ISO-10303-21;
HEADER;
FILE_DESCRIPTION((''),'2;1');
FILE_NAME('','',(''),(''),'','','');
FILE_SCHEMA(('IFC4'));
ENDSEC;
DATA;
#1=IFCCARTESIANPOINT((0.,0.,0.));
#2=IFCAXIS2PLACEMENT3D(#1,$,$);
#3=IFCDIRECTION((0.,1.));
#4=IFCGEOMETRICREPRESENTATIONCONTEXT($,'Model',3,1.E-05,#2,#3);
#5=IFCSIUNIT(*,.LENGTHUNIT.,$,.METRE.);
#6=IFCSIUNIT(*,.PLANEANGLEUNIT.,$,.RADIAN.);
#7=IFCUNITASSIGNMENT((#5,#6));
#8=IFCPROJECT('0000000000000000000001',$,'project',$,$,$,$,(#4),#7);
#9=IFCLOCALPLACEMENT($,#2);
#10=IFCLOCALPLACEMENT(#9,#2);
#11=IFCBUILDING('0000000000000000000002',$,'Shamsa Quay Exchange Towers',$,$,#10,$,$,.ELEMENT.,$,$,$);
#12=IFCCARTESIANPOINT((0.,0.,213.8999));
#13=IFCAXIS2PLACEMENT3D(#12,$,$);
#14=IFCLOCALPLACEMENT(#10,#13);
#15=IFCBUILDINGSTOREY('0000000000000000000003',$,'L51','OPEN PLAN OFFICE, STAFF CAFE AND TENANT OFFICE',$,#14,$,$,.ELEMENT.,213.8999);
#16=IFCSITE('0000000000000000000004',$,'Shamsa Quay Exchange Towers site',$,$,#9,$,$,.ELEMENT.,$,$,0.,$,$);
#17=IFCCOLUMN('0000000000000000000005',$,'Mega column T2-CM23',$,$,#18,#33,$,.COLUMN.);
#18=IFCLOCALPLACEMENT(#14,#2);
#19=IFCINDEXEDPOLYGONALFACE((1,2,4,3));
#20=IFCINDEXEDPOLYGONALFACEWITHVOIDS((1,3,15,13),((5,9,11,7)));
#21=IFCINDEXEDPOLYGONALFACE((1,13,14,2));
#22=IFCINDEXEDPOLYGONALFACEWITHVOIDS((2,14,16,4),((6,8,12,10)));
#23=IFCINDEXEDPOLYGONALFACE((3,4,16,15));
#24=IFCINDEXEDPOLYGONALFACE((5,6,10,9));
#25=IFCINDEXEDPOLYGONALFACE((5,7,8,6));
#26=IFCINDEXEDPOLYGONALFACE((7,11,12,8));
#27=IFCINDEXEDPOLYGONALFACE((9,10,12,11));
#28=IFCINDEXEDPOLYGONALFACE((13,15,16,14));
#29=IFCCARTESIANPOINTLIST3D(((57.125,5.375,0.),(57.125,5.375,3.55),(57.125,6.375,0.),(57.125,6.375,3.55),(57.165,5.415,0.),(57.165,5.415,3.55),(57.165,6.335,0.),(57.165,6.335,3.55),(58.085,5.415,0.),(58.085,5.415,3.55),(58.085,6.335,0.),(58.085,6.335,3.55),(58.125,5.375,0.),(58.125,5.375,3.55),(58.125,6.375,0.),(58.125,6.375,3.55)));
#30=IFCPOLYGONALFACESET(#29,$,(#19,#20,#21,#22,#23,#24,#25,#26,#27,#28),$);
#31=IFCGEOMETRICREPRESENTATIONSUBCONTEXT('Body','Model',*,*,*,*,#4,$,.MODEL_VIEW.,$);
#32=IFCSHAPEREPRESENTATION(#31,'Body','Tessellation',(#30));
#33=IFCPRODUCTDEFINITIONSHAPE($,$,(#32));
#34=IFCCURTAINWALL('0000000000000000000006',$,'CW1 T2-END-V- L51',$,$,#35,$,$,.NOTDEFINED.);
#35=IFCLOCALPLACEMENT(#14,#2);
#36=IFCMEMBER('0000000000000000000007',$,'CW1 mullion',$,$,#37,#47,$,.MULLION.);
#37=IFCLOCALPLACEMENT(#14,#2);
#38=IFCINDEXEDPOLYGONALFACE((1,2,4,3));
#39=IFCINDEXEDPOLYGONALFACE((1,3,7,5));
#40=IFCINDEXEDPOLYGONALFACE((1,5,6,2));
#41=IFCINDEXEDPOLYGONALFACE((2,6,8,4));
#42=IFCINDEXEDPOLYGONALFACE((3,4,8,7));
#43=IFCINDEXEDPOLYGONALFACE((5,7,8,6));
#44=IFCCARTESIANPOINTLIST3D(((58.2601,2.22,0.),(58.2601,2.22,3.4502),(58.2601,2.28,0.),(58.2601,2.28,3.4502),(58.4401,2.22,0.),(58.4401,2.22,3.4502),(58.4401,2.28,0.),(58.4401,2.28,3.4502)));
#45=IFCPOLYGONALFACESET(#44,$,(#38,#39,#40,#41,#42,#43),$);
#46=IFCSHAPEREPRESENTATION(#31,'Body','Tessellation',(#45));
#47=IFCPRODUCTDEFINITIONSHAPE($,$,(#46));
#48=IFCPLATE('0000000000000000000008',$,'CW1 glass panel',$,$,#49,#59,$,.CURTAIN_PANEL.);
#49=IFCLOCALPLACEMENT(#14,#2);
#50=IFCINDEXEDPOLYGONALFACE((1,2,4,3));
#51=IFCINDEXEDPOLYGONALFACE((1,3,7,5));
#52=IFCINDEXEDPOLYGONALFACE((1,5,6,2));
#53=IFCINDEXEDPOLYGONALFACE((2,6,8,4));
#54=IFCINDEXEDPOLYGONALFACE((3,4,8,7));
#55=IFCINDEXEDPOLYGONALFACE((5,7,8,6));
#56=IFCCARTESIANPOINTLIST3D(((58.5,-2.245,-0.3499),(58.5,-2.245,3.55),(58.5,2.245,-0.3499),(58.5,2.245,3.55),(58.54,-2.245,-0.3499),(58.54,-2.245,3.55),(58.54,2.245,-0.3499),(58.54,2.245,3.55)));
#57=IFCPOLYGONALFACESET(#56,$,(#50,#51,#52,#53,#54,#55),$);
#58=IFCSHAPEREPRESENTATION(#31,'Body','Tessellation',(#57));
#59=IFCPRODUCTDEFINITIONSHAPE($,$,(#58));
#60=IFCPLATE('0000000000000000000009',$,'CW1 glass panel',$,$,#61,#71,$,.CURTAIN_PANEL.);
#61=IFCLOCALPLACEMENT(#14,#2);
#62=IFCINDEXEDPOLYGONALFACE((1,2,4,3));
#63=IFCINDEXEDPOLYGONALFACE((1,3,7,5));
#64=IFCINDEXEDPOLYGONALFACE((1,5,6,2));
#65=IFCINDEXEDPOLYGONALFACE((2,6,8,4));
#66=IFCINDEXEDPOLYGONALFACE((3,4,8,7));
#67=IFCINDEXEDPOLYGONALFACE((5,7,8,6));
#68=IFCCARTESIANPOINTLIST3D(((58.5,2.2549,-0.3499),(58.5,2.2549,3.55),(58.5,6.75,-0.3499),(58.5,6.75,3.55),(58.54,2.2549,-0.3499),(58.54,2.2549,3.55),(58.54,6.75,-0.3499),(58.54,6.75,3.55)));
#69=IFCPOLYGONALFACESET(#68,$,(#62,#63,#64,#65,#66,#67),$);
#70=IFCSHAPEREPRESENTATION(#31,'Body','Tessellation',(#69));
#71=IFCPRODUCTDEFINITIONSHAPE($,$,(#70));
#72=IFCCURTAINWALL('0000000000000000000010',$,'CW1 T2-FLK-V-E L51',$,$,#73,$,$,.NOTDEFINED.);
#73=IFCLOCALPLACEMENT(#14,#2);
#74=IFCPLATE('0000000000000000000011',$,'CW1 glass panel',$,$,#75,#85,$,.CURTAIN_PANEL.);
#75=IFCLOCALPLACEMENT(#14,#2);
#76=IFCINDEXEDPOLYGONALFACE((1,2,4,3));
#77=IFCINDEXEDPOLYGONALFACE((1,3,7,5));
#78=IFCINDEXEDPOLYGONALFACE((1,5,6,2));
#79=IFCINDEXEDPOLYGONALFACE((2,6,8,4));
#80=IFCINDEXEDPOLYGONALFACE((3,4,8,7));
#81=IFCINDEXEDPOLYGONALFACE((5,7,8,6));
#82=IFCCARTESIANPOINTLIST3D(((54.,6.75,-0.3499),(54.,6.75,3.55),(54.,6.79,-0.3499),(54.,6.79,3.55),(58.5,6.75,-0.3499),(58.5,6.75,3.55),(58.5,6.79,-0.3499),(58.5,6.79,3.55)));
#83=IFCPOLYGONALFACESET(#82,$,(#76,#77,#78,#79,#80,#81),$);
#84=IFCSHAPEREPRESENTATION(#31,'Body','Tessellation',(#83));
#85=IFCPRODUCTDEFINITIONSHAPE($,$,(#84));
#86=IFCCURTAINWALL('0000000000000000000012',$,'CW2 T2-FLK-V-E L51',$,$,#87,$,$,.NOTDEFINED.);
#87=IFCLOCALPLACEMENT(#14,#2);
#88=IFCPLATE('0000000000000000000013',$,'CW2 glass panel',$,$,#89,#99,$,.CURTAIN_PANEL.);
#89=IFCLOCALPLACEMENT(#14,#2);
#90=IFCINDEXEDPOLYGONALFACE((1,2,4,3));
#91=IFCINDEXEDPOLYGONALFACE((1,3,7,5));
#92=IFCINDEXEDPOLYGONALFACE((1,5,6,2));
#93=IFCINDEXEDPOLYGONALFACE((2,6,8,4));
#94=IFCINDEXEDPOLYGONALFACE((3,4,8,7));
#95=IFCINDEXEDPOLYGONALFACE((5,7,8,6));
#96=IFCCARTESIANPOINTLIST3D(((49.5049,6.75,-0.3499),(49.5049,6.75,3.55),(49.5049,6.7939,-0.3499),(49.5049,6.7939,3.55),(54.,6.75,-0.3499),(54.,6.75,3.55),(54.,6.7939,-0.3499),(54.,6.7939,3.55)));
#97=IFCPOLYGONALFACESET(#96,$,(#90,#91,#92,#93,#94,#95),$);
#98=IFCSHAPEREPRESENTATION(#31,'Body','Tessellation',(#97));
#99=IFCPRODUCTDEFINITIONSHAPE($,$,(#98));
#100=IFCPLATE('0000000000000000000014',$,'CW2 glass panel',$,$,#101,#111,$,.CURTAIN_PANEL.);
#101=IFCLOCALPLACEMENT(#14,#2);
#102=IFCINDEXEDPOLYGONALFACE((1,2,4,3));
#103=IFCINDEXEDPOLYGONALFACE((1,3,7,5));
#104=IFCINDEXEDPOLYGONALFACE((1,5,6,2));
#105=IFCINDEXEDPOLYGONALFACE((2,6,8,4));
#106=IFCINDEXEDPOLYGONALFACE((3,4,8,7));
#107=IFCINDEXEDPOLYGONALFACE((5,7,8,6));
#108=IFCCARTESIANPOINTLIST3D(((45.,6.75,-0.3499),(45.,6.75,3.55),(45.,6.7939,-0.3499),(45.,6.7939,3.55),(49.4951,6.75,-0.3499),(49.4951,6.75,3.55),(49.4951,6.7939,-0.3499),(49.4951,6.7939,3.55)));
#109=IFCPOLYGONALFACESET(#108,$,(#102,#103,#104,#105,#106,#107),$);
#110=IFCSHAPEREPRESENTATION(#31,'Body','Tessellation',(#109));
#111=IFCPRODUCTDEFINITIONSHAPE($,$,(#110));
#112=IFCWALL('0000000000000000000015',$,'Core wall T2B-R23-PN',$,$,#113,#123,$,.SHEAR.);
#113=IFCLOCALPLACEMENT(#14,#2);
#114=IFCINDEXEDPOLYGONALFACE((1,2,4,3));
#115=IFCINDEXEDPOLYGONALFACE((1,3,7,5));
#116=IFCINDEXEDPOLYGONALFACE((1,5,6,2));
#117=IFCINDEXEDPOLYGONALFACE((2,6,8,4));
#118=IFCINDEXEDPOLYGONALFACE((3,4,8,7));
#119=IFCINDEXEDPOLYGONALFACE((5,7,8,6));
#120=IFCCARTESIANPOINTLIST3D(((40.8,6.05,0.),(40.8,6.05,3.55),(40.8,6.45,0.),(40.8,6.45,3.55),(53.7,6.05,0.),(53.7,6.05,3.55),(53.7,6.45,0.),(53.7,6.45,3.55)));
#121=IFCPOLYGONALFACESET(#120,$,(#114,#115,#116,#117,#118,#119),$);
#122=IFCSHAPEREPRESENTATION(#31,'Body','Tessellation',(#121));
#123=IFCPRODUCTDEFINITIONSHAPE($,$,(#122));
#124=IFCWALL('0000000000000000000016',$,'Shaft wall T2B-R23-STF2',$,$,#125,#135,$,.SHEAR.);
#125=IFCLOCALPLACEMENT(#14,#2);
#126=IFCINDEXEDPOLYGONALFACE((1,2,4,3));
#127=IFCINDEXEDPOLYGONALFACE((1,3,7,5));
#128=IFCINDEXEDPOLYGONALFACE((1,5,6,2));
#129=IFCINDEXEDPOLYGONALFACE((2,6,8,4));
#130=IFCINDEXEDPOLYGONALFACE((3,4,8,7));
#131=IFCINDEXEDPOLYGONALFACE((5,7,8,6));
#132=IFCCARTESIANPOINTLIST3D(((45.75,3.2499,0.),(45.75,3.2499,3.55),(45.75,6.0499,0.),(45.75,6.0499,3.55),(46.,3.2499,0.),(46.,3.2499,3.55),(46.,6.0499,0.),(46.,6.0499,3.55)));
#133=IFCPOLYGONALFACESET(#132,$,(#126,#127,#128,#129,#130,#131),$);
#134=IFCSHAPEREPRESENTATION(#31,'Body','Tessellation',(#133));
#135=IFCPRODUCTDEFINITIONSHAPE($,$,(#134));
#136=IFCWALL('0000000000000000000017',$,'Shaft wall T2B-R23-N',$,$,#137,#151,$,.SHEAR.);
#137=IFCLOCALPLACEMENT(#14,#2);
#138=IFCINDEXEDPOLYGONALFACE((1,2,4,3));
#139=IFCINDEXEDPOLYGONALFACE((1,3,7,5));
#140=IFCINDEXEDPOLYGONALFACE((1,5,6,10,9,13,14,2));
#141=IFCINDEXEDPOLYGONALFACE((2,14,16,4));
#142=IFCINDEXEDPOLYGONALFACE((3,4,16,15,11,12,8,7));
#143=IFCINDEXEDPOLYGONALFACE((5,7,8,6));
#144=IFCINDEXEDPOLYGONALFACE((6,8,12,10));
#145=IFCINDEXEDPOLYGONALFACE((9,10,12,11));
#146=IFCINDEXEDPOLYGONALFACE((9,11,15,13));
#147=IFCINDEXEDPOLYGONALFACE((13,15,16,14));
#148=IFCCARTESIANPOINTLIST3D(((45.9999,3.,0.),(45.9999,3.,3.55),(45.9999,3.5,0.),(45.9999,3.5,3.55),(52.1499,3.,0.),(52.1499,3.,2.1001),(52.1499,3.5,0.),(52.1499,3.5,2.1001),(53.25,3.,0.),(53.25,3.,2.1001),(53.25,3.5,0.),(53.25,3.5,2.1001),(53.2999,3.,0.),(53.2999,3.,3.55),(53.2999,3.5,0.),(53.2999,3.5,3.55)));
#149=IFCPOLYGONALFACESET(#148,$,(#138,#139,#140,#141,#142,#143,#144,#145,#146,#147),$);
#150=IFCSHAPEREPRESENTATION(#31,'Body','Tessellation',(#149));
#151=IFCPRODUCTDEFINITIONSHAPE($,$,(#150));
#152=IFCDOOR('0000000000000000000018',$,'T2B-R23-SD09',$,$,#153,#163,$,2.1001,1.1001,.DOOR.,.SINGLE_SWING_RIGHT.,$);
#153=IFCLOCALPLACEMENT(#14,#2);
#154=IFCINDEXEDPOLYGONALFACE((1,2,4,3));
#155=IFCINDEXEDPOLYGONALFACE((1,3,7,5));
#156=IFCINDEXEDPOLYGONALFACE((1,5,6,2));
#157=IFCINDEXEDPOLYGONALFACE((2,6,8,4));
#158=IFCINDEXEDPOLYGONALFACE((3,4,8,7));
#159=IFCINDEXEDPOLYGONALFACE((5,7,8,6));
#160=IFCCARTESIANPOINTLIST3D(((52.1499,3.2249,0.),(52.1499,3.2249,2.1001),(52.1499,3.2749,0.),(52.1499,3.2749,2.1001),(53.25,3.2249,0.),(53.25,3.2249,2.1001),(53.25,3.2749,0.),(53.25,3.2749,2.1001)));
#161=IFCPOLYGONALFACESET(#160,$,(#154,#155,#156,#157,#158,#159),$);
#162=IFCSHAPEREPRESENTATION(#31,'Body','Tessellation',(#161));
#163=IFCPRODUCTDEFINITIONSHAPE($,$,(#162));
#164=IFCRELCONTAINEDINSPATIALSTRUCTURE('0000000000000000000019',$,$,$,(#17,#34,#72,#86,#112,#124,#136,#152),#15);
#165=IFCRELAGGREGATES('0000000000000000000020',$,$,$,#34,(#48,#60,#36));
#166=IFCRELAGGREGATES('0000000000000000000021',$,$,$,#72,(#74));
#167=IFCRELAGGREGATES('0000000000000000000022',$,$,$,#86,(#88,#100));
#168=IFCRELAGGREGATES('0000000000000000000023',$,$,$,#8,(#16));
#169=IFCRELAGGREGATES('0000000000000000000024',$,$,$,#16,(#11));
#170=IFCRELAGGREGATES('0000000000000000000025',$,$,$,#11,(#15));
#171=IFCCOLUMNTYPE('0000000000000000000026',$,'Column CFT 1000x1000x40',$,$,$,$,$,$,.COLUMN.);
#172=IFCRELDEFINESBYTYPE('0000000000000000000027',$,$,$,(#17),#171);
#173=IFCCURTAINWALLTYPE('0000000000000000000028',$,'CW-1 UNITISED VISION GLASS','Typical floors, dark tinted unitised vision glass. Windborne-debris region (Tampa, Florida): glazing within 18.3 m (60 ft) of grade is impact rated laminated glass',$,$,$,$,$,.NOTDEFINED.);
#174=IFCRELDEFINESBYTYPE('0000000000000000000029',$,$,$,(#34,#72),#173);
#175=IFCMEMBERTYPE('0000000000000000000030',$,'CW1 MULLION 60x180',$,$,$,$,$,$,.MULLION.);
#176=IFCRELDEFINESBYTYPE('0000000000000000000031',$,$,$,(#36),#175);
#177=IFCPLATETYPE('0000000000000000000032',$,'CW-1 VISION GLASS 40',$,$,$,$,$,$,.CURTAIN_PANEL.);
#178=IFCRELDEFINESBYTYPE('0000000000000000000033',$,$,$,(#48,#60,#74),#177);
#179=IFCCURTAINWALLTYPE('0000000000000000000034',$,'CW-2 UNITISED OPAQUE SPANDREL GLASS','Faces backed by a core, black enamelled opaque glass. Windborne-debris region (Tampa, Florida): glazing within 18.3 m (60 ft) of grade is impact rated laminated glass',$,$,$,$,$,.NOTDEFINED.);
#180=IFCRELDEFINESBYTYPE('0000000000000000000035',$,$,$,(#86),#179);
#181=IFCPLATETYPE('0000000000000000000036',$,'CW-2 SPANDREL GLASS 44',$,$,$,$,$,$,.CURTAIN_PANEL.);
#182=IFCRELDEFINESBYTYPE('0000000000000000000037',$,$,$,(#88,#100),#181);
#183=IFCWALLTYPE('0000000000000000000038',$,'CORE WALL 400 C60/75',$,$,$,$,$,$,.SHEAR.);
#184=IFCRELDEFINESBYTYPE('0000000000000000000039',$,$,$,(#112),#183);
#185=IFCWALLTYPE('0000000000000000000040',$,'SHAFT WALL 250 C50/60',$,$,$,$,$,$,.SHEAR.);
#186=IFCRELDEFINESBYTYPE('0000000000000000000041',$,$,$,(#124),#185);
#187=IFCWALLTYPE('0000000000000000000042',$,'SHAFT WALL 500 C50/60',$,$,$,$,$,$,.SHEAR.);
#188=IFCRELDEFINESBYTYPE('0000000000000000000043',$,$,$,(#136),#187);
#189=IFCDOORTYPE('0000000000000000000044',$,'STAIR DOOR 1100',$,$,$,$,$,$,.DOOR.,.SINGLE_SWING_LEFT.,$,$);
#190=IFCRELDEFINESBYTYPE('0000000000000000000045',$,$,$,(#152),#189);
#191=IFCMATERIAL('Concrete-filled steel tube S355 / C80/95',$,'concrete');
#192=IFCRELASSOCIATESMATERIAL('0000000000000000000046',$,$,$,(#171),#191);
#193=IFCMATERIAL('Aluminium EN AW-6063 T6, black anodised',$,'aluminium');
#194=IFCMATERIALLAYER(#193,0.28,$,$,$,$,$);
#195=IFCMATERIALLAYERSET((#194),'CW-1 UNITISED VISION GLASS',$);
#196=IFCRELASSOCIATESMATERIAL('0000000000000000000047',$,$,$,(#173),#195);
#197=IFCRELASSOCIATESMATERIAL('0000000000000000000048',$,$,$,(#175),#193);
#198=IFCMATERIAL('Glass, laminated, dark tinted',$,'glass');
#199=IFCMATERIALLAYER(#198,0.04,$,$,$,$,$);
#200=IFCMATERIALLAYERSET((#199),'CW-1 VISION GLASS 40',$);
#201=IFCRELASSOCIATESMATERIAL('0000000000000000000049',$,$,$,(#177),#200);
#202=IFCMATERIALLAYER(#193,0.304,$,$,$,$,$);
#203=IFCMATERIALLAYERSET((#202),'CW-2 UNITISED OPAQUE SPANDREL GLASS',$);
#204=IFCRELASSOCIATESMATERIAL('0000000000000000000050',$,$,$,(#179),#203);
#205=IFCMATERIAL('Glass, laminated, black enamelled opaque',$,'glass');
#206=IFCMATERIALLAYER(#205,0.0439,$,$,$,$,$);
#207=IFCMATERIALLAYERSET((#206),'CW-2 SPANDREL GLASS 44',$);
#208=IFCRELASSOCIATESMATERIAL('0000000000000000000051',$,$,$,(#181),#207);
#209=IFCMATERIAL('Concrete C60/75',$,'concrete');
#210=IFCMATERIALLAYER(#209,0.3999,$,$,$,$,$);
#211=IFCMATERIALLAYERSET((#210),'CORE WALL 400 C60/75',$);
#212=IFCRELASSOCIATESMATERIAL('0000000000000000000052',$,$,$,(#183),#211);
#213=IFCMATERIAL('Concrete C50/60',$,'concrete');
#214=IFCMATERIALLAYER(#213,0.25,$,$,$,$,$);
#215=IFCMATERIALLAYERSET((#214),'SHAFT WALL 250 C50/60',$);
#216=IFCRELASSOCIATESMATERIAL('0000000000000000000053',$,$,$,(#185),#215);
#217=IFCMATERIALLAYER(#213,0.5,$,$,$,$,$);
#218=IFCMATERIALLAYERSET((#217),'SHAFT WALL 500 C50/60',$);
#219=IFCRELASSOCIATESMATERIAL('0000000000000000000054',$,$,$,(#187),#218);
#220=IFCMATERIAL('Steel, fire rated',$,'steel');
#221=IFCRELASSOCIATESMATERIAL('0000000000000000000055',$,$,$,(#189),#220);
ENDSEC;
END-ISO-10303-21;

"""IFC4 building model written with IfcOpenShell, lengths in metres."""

from ifc_helpers import new_model, si_unit, direction, frame, frame_2d, origin, origin_2d, place, context, subcontext, project, spatial, rectangle, hollow_rectangle, extrude, material, layer, layer_set, material_profile, profile_set, type_object, element, fill, aggregate, save


model = new_model("IFC4")

# Units and contexts
model_context = context("Model", 3, precision=1e-05, world=origin(), true_north=direction((0.0, 1.0)))
body_context = subcontext(model_context, "Body", "Model", "MODEL_VIEW")
ifc_project = project(units=[si_unit("LENGTHUNIT", "METRE"), si_unit("PLANEANGLEUNIT", "RADIAN")], contexts=[model_context])

# Site, building, storey
site_placement = place(None, origin())
site = spatial("IfcSite", under=ifc_project, at=site_placement, Name="Shamsa Quay Exchange Towers site", CompositionType="ELEMENT", RefElevation=0.0)
building_placement = place(site_placement, origin())
building = spatial("IfcBuilding", under=site, at=building_placement, Name="Shamsa Quay Exchange Towers", CompositionType="ELEMENT")
storey_placement = place(building_placement, frame((0.0, 0.0, 213.8999)))
storey = spatial("IfcBuildingStorey", under=building, at=storey_placement, Name="L51", Description="OPEN PLAN OFFICE, STAFF CAFE AND TENANT OFFICE", CompositionType="ELEMENT", Elevation=213.8999)

# Column
ifc_material_1 = material(Name="Concrete-filled steel tube S355 / C80/95", Category="concrete")
ifc_material_profile_1 = material_profile(ifc_material_1, hollow_rectangle(XDim=1.0, YDim=1.0, WallThickness=0.04, at=origin_2d()), Name="CFT 1000x1000x40")
ifc_profile_set_1 = profile_set([ifc_material_profile_1], Name="Concrete-filled steel tube S355 / C80/95")
column_type = type_object("IfcColumnType", Name="Column CFT 1000x1000x40", PredefinedType="COLUMN", material=ifc_profile_set_1)
column_placement = place(storey_placement, frame((57.625, 5.875, 0.0)))
element("IfcColumn", 1, at=column_placement, inside=storey, type_object=column_type, Name="Mega column T2-CM23", PredefinedType="COLUMN", context=body_context, shape_type="SweptSolid", body=[
    extrude(hollow_rectangle(XDim=1.0, YDim=1.0, WallThickness=0.04, at=origin_2d()), origin(), (0.0, 0.0, 1.0), 3.55),
])

# Curtain wall, member, plates
ifc_material_2 = material(Name="Aluminium EN AW-6063 T6, black anodised", Category="aluminium")
ifc_layer_1 = layer(ifc_material_2, 0.28)
ifc_layer_set_1 = layer_set([ifc_layer_1], Name="CW-1 UNITISED VISION GLASS")
curtain_wall_type_1 = type_object("IfcCurtainWallType", Name="CW-1 UNITISED VISION GLASS", Description="Typical floors, dark tinted unitised vision glass. Windborne-debris region (Tampa, Florida): glazing within 18.3 m (60 ft) of grade is impact rated laminated glass", PredefinedType="NOTDEFINED", material=ifc_layer_set_1)
curtain_wall_1_placement = place(storey_placement, origin())
curtain_wall_1 = element("IfcCurtainWall", 2, at=curtain_wall_1_placement, inside=storey, type_object=curtain_wall_type_1, Name="CW1 T2-END-V- L51", PredefinedType="NOTDEFINED")
ifc_material_profile_2 = material_profile(ifc_material_2, rectangle(XDim=0.1799, YDim=0.0601, at=origin_2d()), Name="MU60x180")
ifc_profile_set_2 = profile_set([ifc_material_profile_2], Name="Aluminium EN AW-6063 T6, black anodised")
member_type = type_object("IfcMemberType", Name="CW1 MULLION 60x180", PredefinedType="MULLION", material=ifc_profile_set_2)
member_placement = place(storey_placement, frame((58.3501, 2.25, 0.0), z_axis=(0.0, 0.0, 1.0), x_axis=(-1.0, 0.0, 0.0)))
member = element("IfcMember", 3, at=member_placement, type_object=member_type, Name="CW1 mullion", PredefinedType="MULLION", context=body_context, shape_type="SweptSolid", body=[
    extrude(rectangle(XDim=0.1799, YDim=0.0601, at=origin_2d()), origin(), (0.0, 0.0, 1.0), 3.4502),
])
ifc_material_3 = material(Name="Glass, laminated, dark tinted", Category="glass")
ifc_layer_2 = layer(ifc_material_3, 0.04)
ifc_layer_set_2 = layer_set([ifc_layer_2], Name="CW-1 VISION GLASS 40")
plate_type_1 = type_object("IfcPlateType", Name="CW-1 VISION GLASS 40", PredefinedType="CURTAIN_PANEL", material=ifc_layer_set_2)
plate_1_placement = place(storey_placement, frame((58.52, 0.0, -0.3499), z_axis=(0.0, 0.0, 1.0), x_axis=(0.0, 1.0, 0.0)))
plate_1 = element("IfcPlate", 4, at=plate_1_placement, type_object=plate_type_1, Name="CW1 glass panel", PredefinedType="CURTAIN_PANEL", context=body_context, shape_type="SweptSolid", body=[
    extrude(rectangle(XDim=4.49, YDim=0.04, at=origin_2d()), origin(), (0.0, 0.0, 1.0), 3.8999),
])
plate_2_placement = place(storey_placement, frame((58.52, 4.5024, -0.3499), z_axis=(0.0, 0.0, 1.0), x_axis=(0.0, 1.0, 0.0)))
plate_2 = element("IfcPlate", 5, at=plate_2_placement, type_object=plate_type_1, Name="CW1 glass panel", PredefinedType="CURTAIN_PANEL", context=body_context, shape_type="SweptSolid", body=[
    extrude(rectangle(XDim=4.4951, YDim=0.04, at=origin_2d()), origin(), (0.0, 0.0, 1.0), 3.8999),
])
aggregate(curtain_wall_1, [plate_1, plate_2, member])

# Curtain wall, plate
curtain_wall_2_placement = place(storey_placement, origin())
curtain_wall_2 = element("IfcCurtainWall", 6, at=curtain_wall_2_placement, inside=storey, type_object=curtain_wall_type_1, Name="CW1 T2-FLK-V-E L51", PredefinedType="NOTDEFINED")
plate_3_placement = place(storey_placement, frame((56.25, 6.77, -0.3499), z_axis=(0.0, 0.0, 1.0), x_axis=(-1.0, 0.0, 0.0)))
plate_3 = element("IfcPlate", 7, at=plate_3_placement, type_object=plate_type_1, Name="CW1 glass panel", PredefinedType="CURTAIN_PANEL", context=body_context, shape_type="SweptSolid", body=[
    extrude(rectangle(XDim=4.5, YDim=0.04, at=origin_2d()), origin(), (0.0, 0.0, 1.0), 3.8999),
])
aggregate(curtain_wall_2, [plate_3])

# Curtain wall, plates
ifc_layer_3 = layer(ifc_material_2, 0.304)
ifc_layer_set_3 = layer_set([ifc_layer_3], Name="CW-2 UNITISED OPAQUE SPANDREL GLASS")
curtain_wall_type_2 = type_object("IfcCurtainWallType", Name="CW-2 UNITISED OPAQUE SPANDREL GLASS", Description="Faces backed by a core, black enamelled opaque glass. Windborne-debris region (Tampa, Florida): glazing within 18.3 m (60 ft) of grade is impact rated laminated glass", PredefinedType="NOTDEFINED", material=ifc_layer_set_3)
curtain_wall_3_placement = place(storey_placement, origin())
curtain_wall_3 = element("IfcCurtainWall", 8, at=curtain_wall_3_placement, inside=storey, type_object=curtain_wall_type_2, Name="CW2 T2-FLK-V-E L51", PredefinedType="NOTDEFINED")
ifc_material_4 = material(Name="Glass, laminated, black enamelled opaque", Category="glass")
ifc_layer_4 = layer(ifc_material_4, 0.0439)
ifc_layer_set_4 = layer_set([ifc_layer_4], Name="CW-2 SPANDREL GLASS 44")
plate_type_2 = type_object("IfcPlateType", Name="CW-2 SPANDREL GLASS 44", PredefinedType="CURTAIN_PANEL", material=ifc_layer_set_4)
plate_4_placement = place(storey_placement, frame((51.7524, 6.772, -0.3499), z_axis=(0.0, 0.0, 1.0), x_axis=(-1.0, 0.0, 0.0)))
plate_4 = element("IfcPlate", 9, at=plate_4_placement, type_object=plate_type_2, Name="CW2 glass panel", PredefinedType="CURTAIN_PANEL", context=body_context, shape_type="SweptSolid", body=[
    extrude(rectangle(XDim=4.4951, YDim=0.0439, at=origin_2d()), origin(), (0.0, 0.0, 1.0), 3.8999),
])
plate_5_placement = place(storey_placement, frame((47.2476, 6.772, -0.3499), z_axis=(0.0, 0.0, 1.0), x_axis=(-1.0, 0.0, 0.0)))
plate_5 = element("IfcPlate", 10, at=plate_5_placement, type_object=plate_type_2, Name="CW2 glass panel", PredefinedType="CURTAIN_PANEL", context=body_context, shape_type="SweptSolid", body=[
    extrude(rectangle(XDim=4.4951, YDim=0.0439, at=origin_2d()), origin(), (0.0, 0.0, 1.0), 3.8999),
])
aggregate(curtain_wall_3, [plate_4, plate_5])

# Walls
ifc_material_5 = material(Name="Concrete C60/75", Category="concrete")
ifc_layer_5 = layer(ifc_material_5, 0.3999)
ifc_layer_set_5 = layer_set([ifc_layer_5], Name="CORE WALL 400 C60/75")
wall_type_1 = type_object("IfcWallType", Name="CORE WALL 400 C60/75", PredefinedType="SHEAR", material=ifc_layer_set_5)
wall_1_placement = place(storey_placement, frame((53.7, 6.25, 0.0), z_axis=(0.0, 0.0, 1.0), x_axis=(-1.0, 0.0, 0.0)))
element("IfcWall", 11, at=wall_1_placement, inside=storey, type_object=wall_type_1, Name="Core wall T2B-R23-PN", PredefinedType="SHEAR", context=body_context, shape_type="SweptSolid", body=[
    extrude(rectangle(XDim=12.8999, YDim=0.3999, at=frame_2d((6.45, 0.0))), origin(), (0.0, 0.0, 1.0), 3.55),
])
ifc_material_6 = material(Name="Concrete C50/60", Category="concrete")
ifc_layer_6 = layer(ifc_material_6, 0.25)
ifc_layer_set_6 = layer_set([ifc_layer_6], Name="SHAFT WALL 250 C50/60")
wall_type_2 = type_object("IfcWallType", Name="SHAFT WALL 250 C50/60", PredefinedType="SHEAR", material=ifc_layer_set_6)
wall_2_placement = place(storey_placement, frame((45.875, 3.25, 0.0), z_axis=(0.0, 0.0, 1.0), x_axis=(0.0, 1.0, 0.0)))
element("IfcWall", 12, at=wall_2_placement, inside=storey, type_object=wall_type_2, Name="Shaft wall T2B-R23-STF2", PredefinedType="SHEAR", context=body_context, shape_type="SweptSolid", body=[
    extrude(rectangle(XDim=2.8, YDim=0.25, at=frame_2d((1.3999, 0.0))), origin(), (0.0, 0.0, 1.0), 3.55),
])

# Wall, opening, door
ifc_layer_7 = layer(ifc_material_6, 0.5)
ifc_layer_set_7 = layer_set([ifc_layer_7], Name="SHAFT WALL 500 C50/60")
wall_type_3 = type_object("IfcWallType", Name="SHAFT WALL 500 C50/60", PredefinedType="SHEAR", material=ifc_layer_set_7)
wall_3_placement = place(storey_placement, frame((46.0, 3.25, 0.0)))
wall_3 = element("IfcWall", 13, at=wall_3_placement, inside=storey, type_object=wall_type_3, Name="Shaft wall T2B-R23-N", PredefinedType="SHEAR", context=body_context, shape_type="SweptSolid", body=[
    extrude(rectangle(XDim=7.3, YDim=0.5, at=frame_2d((3.6499, 0.0))), origin(), (0.0, 0.0, 1.0), 3.55),
])
opening_1_placement = place(wall_3_placement, frame((6.1499, 0.0, 0.0)))
opening_1 = element("IfcOpeningElement", 14, at=opening_1_placement, cuts=wall_3, PredefinedType="OPENING", context=body_context, shape_type="SweptSolid", body=[
    extrude(rectangle(XDim=1.1001, YDim=2.1001, at=frame_2d((0.55, 1.05))), frame((0.0, 0.26, 0.0), z_axis=(0.0, -1.0, 0.0), x_axis=(1.0, 0.0, 0.0)), (0.0, 0.0, 1.0), 0.52),
])
ifc_material_7 = material(Name="Steel, fire rated", Category="steel")
door_type_1 = type_object("IfcDoorType", Name="STAIR DOOR 1100", OperationType="SINGLE_SWING_LEFT", PredefinedType="DOOR", material=ifc_material_7)
door_1_placement = place(opening_1_placement, origin())
door_1 = element("IfcDoor", 15, at=door_1_placement, inside=storey, type_object=door_type_1, Name="T2B-R23-SD09", OperationType="SINGLE_SWING_RIGHT", OverallHeight=2.1001, OverallWidth=1.1001, PredefinedType="DOOR", context=body_context, shape_type="SweptSolid", body=[
    extrude(rectangle(XDim=1.1001, YDim=2.1001, at=frame_2d((0.55, 1.05))), frame((0.0, 0.0249, 0.0), z_axis=(0.0, -1.0, 0.0), x_axis=(1.0, 0.0, 0.0)), (0.0, 0.0, 1.0), 0.05),
])
fill(opening_1, door_1)

save(model, "model.ifc")
